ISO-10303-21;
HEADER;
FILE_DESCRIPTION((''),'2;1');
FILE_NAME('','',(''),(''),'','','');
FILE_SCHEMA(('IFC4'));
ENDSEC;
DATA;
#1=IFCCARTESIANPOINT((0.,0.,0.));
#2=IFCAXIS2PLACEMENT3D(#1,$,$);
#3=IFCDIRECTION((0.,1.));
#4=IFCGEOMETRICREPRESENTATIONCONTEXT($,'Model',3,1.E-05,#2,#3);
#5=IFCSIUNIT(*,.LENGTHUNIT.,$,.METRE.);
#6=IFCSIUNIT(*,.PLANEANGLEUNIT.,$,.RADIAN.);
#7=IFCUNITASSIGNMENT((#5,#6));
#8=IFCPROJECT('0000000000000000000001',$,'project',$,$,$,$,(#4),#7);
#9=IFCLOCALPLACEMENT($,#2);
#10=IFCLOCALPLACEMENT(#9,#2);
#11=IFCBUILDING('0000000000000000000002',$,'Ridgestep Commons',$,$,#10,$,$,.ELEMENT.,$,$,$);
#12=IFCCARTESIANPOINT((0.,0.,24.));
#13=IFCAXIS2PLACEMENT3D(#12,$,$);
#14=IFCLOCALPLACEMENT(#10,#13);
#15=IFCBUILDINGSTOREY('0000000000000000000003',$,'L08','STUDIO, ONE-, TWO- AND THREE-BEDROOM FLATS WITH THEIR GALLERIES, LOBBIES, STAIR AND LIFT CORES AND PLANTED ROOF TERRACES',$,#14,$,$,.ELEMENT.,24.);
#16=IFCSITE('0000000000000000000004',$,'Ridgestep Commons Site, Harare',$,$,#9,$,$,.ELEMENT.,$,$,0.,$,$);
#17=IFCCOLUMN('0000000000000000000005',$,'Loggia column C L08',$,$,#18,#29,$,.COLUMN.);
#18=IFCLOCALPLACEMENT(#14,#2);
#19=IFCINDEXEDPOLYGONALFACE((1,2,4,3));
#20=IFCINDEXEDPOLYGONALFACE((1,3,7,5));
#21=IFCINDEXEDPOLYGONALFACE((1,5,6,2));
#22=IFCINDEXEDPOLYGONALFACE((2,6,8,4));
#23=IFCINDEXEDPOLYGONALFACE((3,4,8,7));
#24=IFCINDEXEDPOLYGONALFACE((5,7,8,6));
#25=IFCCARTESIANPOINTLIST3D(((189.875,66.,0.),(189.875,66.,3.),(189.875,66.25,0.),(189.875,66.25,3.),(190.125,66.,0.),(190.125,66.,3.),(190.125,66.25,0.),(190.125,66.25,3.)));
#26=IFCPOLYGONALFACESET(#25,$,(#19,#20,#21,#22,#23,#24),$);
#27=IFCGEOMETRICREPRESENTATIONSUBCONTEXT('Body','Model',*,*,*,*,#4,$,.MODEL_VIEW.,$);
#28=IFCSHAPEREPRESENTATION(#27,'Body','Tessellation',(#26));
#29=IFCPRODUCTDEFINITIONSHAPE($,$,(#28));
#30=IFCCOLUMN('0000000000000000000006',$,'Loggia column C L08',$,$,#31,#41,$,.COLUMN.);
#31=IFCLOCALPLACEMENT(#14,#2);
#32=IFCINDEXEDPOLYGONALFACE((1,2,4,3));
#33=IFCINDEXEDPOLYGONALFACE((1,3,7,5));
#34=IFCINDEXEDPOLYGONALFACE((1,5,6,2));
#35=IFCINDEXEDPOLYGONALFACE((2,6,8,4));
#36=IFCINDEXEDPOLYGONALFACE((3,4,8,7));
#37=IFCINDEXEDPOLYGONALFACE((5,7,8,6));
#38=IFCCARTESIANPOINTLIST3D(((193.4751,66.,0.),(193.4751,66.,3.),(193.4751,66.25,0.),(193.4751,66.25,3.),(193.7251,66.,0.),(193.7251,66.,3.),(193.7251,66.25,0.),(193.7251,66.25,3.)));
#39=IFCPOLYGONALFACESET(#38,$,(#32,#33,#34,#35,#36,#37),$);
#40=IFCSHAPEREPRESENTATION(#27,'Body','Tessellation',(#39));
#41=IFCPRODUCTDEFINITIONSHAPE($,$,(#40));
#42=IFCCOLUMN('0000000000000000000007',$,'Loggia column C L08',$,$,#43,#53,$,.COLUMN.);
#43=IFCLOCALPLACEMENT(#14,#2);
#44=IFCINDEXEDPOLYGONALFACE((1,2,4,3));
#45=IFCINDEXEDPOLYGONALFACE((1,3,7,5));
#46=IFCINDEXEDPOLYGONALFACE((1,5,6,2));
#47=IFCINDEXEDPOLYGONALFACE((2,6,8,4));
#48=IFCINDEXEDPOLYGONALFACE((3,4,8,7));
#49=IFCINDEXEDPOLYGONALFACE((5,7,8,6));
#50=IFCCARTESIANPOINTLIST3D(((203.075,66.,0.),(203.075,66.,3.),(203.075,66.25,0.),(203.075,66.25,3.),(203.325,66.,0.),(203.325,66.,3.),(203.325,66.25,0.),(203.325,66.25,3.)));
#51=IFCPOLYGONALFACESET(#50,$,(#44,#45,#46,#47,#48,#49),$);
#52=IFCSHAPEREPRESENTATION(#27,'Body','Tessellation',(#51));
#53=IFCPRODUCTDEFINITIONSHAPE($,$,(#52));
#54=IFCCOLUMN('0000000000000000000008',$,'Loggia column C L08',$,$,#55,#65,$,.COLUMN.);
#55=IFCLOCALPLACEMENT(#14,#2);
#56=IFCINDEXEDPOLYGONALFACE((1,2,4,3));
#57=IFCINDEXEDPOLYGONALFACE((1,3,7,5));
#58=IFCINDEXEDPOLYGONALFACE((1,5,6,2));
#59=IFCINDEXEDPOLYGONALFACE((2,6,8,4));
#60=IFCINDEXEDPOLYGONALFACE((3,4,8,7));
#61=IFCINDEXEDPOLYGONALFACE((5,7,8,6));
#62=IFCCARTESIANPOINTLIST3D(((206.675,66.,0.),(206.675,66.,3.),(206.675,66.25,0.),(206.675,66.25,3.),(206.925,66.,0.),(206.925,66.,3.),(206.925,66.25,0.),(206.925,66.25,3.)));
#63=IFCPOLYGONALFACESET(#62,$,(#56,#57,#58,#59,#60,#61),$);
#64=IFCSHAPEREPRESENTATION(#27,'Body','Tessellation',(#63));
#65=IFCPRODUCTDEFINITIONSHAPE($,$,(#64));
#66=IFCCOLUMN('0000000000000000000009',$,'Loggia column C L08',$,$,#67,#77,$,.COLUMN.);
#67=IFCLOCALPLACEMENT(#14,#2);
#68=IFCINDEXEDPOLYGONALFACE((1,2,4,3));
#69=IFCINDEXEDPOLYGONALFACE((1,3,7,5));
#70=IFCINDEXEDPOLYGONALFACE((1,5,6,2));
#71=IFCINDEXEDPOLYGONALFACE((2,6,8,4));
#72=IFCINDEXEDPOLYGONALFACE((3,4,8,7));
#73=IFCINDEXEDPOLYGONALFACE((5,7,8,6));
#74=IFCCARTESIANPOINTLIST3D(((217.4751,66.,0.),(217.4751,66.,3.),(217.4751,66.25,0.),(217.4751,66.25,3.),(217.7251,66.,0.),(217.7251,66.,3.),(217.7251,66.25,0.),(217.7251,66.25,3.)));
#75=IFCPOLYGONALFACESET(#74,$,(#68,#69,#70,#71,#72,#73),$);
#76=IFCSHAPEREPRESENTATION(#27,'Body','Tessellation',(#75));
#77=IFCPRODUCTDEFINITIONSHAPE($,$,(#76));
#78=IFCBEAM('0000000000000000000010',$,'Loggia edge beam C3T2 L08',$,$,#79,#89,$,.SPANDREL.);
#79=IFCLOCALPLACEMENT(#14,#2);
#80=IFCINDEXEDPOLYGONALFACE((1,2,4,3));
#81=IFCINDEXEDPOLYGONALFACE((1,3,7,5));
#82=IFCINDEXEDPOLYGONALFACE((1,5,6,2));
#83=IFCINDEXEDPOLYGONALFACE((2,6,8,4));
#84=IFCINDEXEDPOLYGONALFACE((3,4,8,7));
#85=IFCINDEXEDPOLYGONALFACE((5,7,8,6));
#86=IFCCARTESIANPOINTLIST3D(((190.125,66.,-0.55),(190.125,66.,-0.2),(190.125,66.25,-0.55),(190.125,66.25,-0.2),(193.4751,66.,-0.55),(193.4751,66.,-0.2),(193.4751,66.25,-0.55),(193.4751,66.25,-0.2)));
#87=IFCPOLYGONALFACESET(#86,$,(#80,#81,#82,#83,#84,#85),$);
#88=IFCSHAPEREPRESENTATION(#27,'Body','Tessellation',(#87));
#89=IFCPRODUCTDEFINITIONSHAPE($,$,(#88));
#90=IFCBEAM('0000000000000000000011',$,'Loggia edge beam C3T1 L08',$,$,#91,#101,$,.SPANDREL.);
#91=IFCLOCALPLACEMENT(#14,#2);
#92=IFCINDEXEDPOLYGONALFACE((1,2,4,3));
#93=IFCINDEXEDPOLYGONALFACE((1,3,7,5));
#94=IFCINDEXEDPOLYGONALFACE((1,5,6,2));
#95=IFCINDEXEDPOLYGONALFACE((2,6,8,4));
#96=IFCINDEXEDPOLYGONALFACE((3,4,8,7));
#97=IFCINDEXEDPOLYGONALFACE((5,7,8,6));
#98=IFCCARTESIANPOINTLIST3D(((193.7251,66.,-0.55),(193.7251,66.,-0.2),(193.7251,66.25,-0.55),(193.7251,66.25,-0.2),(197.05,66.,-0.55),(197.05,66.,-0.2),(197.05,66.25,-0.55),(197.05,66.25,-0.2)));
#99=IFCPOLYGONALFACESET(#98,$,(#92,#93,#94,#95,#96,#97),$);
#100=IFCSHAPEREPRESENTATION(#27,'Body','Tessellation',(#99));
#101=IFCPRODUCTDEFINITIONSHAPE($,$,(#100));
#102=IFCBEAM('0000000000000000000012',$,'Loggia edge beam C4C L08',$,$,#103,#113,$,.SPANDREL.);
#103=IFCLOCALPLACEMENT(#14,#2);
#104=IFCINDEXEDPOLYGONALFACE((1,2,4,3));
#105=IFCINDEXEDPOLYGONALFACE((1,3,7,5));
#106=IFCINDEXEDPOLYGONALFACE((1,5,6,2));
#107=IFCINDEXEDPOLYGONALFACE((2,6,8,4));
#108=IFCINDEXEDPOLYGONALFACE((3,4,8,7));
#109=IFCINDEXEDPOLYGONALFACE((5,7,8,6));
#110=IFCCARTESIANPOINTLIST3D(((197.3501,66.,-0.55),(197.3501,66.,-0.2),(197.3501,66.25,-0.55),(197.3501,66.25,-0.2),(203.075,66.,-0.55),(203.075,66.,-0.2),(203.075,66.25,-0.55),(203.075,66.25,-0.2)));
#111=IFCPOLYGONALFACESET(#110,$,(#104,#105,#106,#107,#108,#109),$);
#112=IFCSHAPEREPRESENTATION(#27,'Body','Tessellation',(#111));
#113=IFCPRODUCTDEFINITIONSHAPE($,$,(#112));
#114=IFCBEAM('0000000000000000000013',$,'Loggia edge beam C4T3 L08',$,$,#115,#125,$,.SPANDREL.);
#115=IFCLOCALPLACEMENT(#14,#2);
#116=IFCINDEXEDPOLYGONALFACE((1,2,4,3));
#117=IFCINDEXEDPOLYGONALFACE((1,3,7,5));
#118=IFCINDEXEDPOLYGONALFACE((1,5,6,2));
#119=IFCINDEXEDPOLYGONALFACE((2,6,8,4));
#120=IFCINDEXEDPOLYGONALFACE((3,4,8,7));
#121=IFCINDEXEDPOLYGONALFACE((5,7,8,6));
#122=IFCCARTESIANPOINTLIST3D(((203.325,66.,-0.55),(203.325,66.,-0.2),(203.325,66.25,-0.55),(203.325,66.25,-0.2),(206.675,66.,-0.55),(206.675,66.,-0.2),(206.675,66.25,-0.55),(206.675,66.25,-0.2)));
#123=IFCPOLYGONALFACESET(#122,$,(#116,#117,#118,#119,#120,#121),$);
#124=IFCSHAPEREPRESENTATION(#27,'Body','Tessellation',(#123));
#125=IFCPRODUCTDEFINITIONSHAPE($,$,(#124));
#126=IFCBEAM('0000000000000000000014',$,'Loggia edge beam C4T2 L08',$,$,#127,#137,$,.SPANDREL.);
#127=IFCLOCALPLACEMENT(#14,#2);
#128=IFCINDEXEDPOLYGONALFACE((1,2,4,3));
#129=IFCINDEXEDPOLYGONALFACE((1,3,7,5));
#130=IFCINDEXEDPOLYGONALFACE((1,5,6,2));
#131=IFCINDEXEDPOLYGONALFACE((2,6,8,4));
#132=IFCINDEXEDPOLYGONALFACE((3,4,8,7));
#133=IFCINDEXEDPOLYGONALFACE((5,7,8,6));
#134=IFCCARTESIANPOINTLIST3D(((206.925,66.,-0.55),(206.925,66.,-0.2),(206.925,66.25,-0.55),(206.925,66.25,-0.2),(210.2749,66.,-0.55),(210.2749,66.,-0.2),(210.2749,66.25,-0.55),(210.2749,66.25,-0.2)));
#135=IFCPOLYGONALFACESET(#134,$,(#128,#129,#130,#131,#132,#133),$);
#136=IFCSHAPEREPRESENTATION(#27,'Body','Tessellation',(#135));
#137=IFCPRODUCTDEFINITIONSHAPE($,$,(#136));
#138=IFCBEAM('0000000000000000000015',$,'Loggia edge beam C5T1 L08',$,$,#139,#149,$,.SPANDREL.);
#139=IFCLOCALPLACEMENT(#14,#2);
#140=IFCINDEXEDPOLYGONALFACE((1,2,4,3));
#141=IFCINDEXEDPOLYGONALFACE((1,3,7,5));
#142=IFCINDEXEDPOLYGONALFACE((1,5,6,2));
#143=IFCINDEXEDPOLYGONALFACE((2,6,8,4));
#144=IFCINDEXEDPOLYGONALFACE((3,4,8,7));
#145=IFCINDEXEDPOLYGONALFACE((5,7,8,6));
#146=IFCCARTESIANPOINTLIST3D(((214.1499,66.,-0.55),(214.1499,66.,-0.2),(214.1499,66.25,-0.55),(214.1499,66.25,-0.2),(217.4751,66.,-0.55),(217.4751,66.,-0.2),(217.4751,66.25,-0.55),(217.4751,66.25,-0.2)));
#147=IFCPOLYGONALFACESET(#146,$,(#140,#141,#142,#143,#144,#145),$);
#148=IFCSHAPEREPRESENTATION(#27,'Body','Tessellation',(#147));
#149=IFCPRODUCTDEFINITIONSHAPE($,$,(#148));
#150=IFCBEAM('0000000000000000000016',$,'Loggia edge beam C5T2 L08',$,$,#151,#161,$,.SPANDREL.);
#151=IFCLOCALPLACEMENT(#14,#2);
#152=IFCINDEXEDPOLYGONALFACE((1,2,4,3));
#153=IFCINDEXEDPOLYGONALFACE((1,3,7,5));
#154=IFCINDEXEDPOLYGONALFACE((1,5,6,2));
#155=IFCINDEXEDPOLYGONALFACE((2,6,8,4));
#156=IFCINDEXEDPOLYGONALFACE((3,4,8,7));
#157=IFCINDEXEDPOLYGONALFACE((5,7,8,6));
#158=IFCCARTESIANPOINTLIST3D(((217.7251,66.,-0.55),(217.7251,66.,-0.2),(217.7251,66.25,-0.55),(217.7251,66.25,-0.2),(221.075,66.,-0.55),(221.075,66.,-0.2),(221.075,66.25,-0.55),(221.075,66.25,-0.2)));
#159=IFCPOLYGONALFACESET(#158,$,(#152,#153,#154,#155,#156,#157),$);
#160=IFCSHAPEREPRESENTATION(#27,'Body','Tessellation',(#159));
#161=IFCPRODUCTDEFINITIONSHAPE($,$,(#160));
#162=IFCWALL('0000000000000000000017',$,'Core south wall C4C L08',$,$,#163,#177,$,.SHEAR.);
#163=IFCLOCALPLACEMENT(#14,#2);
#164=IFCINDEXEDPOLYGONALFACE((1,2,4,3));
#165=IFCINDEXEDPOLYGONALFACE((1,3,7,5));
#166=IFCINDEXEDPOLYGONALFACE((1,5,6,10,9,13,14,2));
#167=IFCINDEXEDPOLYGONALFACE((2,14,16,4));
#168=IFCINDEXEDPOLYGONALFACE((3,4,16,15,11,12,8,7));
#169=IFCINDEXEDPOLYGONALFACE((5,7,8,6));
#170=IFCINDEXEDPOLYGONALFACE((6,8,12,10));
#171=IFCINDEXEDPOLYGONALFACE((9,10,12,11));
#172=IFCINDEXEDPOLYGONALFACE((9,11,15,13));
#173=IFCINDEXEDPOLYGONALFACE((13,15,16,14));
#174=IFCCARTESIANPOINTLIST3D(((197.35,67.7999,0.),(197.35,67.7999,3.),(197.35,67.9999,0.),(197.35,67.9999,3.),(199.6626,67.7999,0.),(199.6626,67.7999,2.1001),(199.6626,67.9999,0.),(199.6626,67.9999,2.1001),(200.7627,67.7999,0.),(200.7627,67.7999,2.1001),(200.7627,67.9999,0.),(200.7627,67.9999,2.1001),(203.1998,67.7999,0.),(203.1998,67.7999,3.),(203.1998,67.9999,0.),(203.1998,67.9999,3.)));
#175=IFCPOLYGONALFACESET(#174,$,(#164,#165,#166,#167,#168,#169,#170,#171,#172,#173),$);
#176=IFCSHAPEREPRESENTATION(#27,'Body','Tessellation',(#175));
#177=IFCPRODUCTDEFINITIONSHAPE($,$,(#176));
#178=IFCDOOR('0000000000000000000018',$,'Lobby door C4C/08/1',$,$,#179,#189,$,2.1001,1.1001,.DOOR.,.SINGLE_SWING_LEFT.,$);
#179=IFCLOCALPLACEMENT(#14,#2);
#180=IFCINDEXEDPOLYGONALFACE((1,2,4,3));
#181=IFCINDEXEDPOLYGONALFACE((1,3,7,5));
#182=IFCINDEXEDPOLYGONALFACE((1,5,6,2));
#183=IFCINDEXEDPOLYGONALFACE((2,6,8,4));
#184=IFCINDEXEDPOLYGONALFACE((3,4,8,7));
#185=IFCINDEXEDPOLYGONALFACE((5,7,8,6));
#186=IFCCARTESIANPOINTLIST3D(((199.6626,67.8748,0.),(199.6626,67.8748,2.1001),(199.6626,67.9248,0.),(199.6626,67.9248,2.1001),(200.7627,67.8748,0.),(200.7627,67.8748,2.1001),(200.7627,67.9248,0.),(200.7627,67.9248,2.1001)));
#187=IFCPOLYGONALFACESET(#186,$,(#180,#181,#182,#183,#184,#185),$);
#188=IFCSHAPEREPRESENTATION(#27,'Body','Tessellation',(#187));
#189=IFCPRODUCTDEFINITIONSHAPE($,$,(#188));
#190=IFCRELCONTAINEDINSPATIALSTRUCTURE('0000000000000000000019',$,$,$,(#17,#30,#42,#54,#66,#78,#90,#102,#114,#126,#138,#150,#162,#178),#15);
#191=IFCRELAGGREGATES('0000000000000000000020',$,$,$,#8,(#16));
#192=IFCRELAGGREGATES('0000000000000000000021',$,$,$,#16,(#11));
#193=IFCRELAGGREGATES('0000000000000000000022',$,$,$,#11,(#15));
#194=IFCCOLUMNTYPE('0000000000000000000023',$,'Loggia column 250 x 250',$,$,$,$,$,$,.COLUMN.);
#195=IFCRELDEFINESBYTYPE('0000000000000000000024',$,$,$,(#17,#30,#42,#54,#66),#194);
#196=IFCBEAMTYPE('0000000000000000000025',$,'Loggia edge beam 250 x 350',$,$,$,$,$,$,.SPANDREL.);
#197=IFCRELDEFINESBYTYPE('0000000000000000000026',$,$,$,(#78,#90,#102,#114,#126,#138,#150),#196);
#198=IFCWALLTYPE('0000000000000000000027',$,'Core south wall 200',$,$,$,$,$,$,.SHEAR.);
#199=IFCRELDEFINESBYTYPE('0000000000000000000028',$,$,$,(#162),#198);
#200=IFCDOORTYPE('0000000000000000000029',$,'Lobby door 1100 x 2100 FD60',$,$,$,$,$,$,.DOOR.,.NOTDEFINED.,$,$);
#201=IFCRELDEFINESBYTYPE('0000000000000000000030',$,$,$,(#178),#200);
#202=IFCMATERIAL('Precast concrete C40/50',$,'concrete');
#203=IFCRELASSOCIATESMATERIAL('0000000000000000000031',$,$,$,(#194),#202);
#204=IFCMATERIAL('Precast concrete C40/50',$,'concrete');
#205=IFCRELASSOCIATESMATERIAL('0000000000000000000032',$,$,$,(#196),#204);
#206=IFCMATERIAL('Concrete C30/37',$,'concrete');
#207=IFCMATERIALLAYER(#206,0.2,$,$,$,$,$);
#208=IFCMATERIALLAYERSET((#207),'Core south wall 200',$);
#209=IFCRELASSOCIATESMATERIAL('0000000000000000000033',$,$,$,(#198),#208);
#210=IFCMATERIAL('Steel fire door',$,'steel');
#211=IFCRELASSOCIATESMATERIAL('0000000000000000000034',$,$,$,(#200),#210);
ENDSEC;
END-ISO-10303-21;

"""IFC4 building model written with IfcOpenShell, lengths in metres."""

from ifc_helpers import new_model, si_unit, direction, frame, frame_2d, origin, origin_2d, place, context, subcontext, project, spatial, rectangle, extrude, material, layer, layer_set, material_profile, profile_set, type_object, element, fill, save


model = new_model("IFC4")

# Units and contexts
model_context = context("Model", 3, precision=1e-05, world=origin(), true_north=direction((0.0, 1.0)))
body_context = subcontext(model_context, "Body", "Model", "MODEL_VIEW")
ifc_project = project(units=[si_unit("LENGTHUNIT", "METRE"), si_unit("PLANEANGLEUNIT", "RADIAN")], contexts=[model_context])

# Site, building, storey
site_placement = place(None, origin())
site = spatial("IfcSite", under=ifc_project, at=site_placement, Name="Ridgestep Commons Site, Harare", CompositionType="ELEMENT", RefElevation=0.0)
building_placement = place(site_placement, origin())
building = spatial("IfcBuilding", under=site, at=building_placement, Name="Ridgestep Commons", CompositionType="ELEMENT")
storey_placement = place(building_placement, frame((0.0, 0.0, 24.0)))
storey = spatial("IfcBuildingStorey", under=building, at=storey_placement, Name="L08", Description="STUDIO, ONE-, TWO- AND THREE-BEDROOM FLATS WITH THEIR GALLERIES, LOBBIES, STAIR AND LIFT CORES AND PLANTED ROOF TERRACES", CompositionType="ELEMENT", Elevation=24.0)

# Columns
ifc_material_1 = material(Name="Precast concrete C40/50", Category="concrete")
ifc_material_profile_1 = material_profile(ifc_material_1, rectangle(XDim=0.25, YDim=0.25, at=origin_2d()), Name="PC 250x250")
ifc_profile_set_1 = profile_set([ifc_material_profile_1], Name="Precast concrete C40/50")
column_type = type_object("IfcColumnType", Name="Loggia column 250 x 250", PredefinedType="COLUMN", material=ifc_profile_set_1)
for number, where, z_axis, x_axis, name in (
    (1, (190.0, 66.125, 0.0), (0.0, 0.0, 1.0), (1.0, 0.0, 0.0), "Loggia column C L08"),
    (2, (193.6001, 66.125, 0.0), (0.0, 0.0, 1.0), (1.0, 0.0, 0.0), "Loggia column C L08"),
    (3, (203.2, 66.125, 0.0), (0.0, 0.0, 1.0), (1.0, 0.0, 0.0), "Loggia column C L08"),
    (4, (206.8, 66.125, 0.0), (0.0, 0.0, 1.0), (1.0, 0.0, 0.0), "Loggia column C L08"),
    (5, (217.6001, 66.125, 0.0), (0.0, 0.0, 1.0), (1.0, 0.0, 0.0), "Loggia column C L08"),
):
    element("IfcColumn", number, at=place(storey_placement, frame(where, z_axis=z_axis, x_axis=x_axis)), inside=storey, type_object=column_type, Name=name, PredefinedType="COLUMN", context=body_context, shape_type="SweptSolid", body=[
        extrude(rectangle(XDim=0.25, YDim=0.25, at=origin_2d()), origin(), (0.0, 0.0, 1.0), 3.0),
    ])

# Beams
ifc_material_2 = material(Name="Precast concrete C40/50", Category="concrete")
ifc_material_profile_2 = material_profile(ifc_material_2, rectangle(XDim=0.25, YDim=0.3501, at=origin_2d()), Name="PC 250x350")
ifc_profile_set_2 = profile_set([ifc_material_profile_2], Name="Precast concrete C40/50")
beam_type = type_object("IfcBeamType", Name="Loggia edge beam 250 x 350", PredefinedType="SPANDREL", material=ifc_profile_set_2)
beam_1_placement = place(storey_placement, frame((190.125, 66.125, -0.375), z_axis=(1.0, 0.0, 0.0), x_axis=(0.0, 1.0, 0.0)))
element("IfcBeam", 6, at=beam_1_placement, inside=storey, type_object=beam_type, Name="Loggia edge beam C3T2 L08", PredefinedType="SPANDREL", context=body_context, shape_type="SweptSolid", body=[
    extrude(rectangle(XDim=0.25, YDim=0.3501, at=origin_2d()), origin(), (0.0, 0.0, 1.0), 3.3501),
])
beam_2_placement = place(storey_placement, frame((193.7251, 66.125, -0.375), z_axis=(1.0, 0.0, 0.0), x_axis=(0.0, 1.0, 0.0)))
element("IfcBeam", 7, at=beam_2_placement, inside=storey, type_object=beam_type, Name="Loggia edge beam C3T1 L08", PredefinedType="SPANDREL", context=body_context, shape_type="SweptSolid", body=[
    extrude(rectangle(XDim=0.25, YDim=0.3501, at=origin_2d()), origin(), (0.0, 0.0, 1.0), 3.325),
])
beam_3_placement = place(storey_placement, frame((197.3501, 66.125, -0.375), z_axis=(1.0, 0.0, 0.0), x_axis=(0.0, 1.0, 0.0)))
element("IfcBeam", 8, at=beam_3_placement, inside=storey, type_object=beam_type, Name="Loggia edge beam C4C L08", PredefinedType="SPANDREL", context=body_context, shape_type="SweptSolid", body=[
    extrude(rectangle(XDim=0.25, YDim=0.3501, at=origin_2d()), origin(), (0.0, 0.0, 1.0), 5.7249),
])
beam_4_placement = place(storey_placement, frame((203.325, 66.125, -0.375), z_axis=(1.0, 0.0, 0.0), x_axis=(0.0, 1.0, 0.0)))
element("IfcBeam", 9, at=beam_4_placement, inside=storey, type_object=beam_type, Name="Loggia edge beam C4T3 L08", PredefinedType="SPANDREL", context=body_context, shape_type="SweptSolid", body=[
    extrude(rectangle(XDim=0.25, YDim=0.3501, at=origin_2d()), origin(), (0.0, 0.0, 1.0), 3.3501),
])
beam_5_placement = place(storey_placement, frame((206.925, 66.125, -0.375), z_axis=(1.0, 0.0, 0.0), x_axis=(0.0, 1.0, 0.0)))
element("IfcBeam", 10, at=beam_5_placement, inside=storey, type_object=beam_type, Name="Loggia edge beam C4T2 L08", PredefinedType="SPANDREL", context=body_context, shape_type="SweptSolid", body=[
    extrude(rectangle(XDim=0.25, YDim=0.3501, at=origin_2d()), origin(), (0.0, 0.0, 1.0), 3.3499),
])
beam_6_placement = place(storey_placement, frame((214.1499, 66.125, -0.375), z_axis=(1.0, 0.0, 0.0), x_axis=(0.0, 1.0, 0.0)))
element("IfcBeam", 11, at=beam_6_placement, inside=storey, type_object=beam_type, Name="Loggia edge beam C5T1 L08", PredefinedType="SPANDREL", context=body_context, shape_type="SweptSolid", body=[
    extrude(rectangle(XDim=0.25, YDim=0.3501, at=origin_2d()), origin(), (0.0, 0.0, 1.0), 3.3252),
])
beam_7_placement = place(storey_placement, frame((217.7251, 66.125, -0.375), z_axis=(1.0, 0.0, 0.0), x_axis=(0.0, 1.0, 0.0)))
element("IfcBeam", 12, at=beam_7_placement, inside=storey, type_object=beam_type, Name="Loggia edge beam C5T2 L08", PredefinedType="SPANDREL", context=body_context, shape_type="SweptSolid", body=[
    extrude(rectangle(XDim=0.25, YDim=0.3501, at=origin_2d()), origin(), (0.0, 0.0, 1.0), 3.3499),
])

# Wall, opening, door
ifc_material_3 = material(Name="Concrete C30/37", Category="concrete")
ifc_layer_1 = layer(ifc_material_3, 0.2)
ifc_layer_set_1 = layer_set([ifc_layer_1], Name="Core south wall 200")
wall_type_1 = type_object("IfcWallType", Name="Core south wall 200", PredefinedType="SHEAR", material=ifc_layer_set_1)
wall_1_placement = place(storey_placement, frame((197.3501, 67.8999, 0.0), z_axis=(0.0, 0.0, 1.0), x_axis=(1.0, 0.0, 0.0)))
wall_1 = element("IfcWall", 13, at=wall_1_placement, inside=storey, type_object=wall_type_1, Name="Core south wall C4C L08", PredefinedType="SHEAR", context=body_context, shape_type="SweptSolid", body=[
    extrude(rectangle(XDim=5.8499, YDim=0.2, at=frame_2d((2.9248, 0.0))), origin(), (0.0, 0.0, 1.0), 3.0),
])
opening_1_placement = place(wall_1_placement, frame((2.3125, 0.0, 0.0)))
opening_1 = element("IfcOpeningElement", 14, at=opening_1_placement, cuts=wall_1, PredefinedType="OPENING", context=body_context, shape_type="SweptSolid", body=[
    extrude(rectangle(XDim=1.1001, YDim=2.1001, at=frame_2d((0.55, 1.05))), frame((0.0, 0.1099, 0.0), z_axis=(0.0, -1.0, 0.0), x_axis=(1.0, 0.0, 0.0)), (0.0, 0.0, 1.0), 0.22),
])
ifc_material_4 = material(Name="Steel fire door", Category="steel")
door_type_1 = type_object("IfcDoorType", Name="Lobby door 1100 x 2100 FD60", OperationType="NOTDEFINED", PredefinedType="DOOR", material=ifc_material_4)
door_1_placement = place(opening_1_placement, origin())
door_1 = element("IfcDoor", 15, at=door_1_placement, inside=storey, type_object=door_type_1, Name="Lobby door C4C/08/1", OperationType="SINGLE_SWING_LEFT", OverallHeight=2.1001, OverallWidth=1.1001, PredefinedType="DOOR", context=body_context, shape_type="SweptSolid", body=[
    extrude(rectangle(XDim=1.1001, YDim=2.1001, at=frame_2d((0.55, 1.05))), frame((0.0, 0.0249, 0.0), z_axis=(0.0, -1.0, 0.0), x_axis=(1.0, 0.0, 0.0)), (0.0, 0.0, 1.0), 0.05),
])
fill(opening_1, door_1)

save(model, "model.ifc")
